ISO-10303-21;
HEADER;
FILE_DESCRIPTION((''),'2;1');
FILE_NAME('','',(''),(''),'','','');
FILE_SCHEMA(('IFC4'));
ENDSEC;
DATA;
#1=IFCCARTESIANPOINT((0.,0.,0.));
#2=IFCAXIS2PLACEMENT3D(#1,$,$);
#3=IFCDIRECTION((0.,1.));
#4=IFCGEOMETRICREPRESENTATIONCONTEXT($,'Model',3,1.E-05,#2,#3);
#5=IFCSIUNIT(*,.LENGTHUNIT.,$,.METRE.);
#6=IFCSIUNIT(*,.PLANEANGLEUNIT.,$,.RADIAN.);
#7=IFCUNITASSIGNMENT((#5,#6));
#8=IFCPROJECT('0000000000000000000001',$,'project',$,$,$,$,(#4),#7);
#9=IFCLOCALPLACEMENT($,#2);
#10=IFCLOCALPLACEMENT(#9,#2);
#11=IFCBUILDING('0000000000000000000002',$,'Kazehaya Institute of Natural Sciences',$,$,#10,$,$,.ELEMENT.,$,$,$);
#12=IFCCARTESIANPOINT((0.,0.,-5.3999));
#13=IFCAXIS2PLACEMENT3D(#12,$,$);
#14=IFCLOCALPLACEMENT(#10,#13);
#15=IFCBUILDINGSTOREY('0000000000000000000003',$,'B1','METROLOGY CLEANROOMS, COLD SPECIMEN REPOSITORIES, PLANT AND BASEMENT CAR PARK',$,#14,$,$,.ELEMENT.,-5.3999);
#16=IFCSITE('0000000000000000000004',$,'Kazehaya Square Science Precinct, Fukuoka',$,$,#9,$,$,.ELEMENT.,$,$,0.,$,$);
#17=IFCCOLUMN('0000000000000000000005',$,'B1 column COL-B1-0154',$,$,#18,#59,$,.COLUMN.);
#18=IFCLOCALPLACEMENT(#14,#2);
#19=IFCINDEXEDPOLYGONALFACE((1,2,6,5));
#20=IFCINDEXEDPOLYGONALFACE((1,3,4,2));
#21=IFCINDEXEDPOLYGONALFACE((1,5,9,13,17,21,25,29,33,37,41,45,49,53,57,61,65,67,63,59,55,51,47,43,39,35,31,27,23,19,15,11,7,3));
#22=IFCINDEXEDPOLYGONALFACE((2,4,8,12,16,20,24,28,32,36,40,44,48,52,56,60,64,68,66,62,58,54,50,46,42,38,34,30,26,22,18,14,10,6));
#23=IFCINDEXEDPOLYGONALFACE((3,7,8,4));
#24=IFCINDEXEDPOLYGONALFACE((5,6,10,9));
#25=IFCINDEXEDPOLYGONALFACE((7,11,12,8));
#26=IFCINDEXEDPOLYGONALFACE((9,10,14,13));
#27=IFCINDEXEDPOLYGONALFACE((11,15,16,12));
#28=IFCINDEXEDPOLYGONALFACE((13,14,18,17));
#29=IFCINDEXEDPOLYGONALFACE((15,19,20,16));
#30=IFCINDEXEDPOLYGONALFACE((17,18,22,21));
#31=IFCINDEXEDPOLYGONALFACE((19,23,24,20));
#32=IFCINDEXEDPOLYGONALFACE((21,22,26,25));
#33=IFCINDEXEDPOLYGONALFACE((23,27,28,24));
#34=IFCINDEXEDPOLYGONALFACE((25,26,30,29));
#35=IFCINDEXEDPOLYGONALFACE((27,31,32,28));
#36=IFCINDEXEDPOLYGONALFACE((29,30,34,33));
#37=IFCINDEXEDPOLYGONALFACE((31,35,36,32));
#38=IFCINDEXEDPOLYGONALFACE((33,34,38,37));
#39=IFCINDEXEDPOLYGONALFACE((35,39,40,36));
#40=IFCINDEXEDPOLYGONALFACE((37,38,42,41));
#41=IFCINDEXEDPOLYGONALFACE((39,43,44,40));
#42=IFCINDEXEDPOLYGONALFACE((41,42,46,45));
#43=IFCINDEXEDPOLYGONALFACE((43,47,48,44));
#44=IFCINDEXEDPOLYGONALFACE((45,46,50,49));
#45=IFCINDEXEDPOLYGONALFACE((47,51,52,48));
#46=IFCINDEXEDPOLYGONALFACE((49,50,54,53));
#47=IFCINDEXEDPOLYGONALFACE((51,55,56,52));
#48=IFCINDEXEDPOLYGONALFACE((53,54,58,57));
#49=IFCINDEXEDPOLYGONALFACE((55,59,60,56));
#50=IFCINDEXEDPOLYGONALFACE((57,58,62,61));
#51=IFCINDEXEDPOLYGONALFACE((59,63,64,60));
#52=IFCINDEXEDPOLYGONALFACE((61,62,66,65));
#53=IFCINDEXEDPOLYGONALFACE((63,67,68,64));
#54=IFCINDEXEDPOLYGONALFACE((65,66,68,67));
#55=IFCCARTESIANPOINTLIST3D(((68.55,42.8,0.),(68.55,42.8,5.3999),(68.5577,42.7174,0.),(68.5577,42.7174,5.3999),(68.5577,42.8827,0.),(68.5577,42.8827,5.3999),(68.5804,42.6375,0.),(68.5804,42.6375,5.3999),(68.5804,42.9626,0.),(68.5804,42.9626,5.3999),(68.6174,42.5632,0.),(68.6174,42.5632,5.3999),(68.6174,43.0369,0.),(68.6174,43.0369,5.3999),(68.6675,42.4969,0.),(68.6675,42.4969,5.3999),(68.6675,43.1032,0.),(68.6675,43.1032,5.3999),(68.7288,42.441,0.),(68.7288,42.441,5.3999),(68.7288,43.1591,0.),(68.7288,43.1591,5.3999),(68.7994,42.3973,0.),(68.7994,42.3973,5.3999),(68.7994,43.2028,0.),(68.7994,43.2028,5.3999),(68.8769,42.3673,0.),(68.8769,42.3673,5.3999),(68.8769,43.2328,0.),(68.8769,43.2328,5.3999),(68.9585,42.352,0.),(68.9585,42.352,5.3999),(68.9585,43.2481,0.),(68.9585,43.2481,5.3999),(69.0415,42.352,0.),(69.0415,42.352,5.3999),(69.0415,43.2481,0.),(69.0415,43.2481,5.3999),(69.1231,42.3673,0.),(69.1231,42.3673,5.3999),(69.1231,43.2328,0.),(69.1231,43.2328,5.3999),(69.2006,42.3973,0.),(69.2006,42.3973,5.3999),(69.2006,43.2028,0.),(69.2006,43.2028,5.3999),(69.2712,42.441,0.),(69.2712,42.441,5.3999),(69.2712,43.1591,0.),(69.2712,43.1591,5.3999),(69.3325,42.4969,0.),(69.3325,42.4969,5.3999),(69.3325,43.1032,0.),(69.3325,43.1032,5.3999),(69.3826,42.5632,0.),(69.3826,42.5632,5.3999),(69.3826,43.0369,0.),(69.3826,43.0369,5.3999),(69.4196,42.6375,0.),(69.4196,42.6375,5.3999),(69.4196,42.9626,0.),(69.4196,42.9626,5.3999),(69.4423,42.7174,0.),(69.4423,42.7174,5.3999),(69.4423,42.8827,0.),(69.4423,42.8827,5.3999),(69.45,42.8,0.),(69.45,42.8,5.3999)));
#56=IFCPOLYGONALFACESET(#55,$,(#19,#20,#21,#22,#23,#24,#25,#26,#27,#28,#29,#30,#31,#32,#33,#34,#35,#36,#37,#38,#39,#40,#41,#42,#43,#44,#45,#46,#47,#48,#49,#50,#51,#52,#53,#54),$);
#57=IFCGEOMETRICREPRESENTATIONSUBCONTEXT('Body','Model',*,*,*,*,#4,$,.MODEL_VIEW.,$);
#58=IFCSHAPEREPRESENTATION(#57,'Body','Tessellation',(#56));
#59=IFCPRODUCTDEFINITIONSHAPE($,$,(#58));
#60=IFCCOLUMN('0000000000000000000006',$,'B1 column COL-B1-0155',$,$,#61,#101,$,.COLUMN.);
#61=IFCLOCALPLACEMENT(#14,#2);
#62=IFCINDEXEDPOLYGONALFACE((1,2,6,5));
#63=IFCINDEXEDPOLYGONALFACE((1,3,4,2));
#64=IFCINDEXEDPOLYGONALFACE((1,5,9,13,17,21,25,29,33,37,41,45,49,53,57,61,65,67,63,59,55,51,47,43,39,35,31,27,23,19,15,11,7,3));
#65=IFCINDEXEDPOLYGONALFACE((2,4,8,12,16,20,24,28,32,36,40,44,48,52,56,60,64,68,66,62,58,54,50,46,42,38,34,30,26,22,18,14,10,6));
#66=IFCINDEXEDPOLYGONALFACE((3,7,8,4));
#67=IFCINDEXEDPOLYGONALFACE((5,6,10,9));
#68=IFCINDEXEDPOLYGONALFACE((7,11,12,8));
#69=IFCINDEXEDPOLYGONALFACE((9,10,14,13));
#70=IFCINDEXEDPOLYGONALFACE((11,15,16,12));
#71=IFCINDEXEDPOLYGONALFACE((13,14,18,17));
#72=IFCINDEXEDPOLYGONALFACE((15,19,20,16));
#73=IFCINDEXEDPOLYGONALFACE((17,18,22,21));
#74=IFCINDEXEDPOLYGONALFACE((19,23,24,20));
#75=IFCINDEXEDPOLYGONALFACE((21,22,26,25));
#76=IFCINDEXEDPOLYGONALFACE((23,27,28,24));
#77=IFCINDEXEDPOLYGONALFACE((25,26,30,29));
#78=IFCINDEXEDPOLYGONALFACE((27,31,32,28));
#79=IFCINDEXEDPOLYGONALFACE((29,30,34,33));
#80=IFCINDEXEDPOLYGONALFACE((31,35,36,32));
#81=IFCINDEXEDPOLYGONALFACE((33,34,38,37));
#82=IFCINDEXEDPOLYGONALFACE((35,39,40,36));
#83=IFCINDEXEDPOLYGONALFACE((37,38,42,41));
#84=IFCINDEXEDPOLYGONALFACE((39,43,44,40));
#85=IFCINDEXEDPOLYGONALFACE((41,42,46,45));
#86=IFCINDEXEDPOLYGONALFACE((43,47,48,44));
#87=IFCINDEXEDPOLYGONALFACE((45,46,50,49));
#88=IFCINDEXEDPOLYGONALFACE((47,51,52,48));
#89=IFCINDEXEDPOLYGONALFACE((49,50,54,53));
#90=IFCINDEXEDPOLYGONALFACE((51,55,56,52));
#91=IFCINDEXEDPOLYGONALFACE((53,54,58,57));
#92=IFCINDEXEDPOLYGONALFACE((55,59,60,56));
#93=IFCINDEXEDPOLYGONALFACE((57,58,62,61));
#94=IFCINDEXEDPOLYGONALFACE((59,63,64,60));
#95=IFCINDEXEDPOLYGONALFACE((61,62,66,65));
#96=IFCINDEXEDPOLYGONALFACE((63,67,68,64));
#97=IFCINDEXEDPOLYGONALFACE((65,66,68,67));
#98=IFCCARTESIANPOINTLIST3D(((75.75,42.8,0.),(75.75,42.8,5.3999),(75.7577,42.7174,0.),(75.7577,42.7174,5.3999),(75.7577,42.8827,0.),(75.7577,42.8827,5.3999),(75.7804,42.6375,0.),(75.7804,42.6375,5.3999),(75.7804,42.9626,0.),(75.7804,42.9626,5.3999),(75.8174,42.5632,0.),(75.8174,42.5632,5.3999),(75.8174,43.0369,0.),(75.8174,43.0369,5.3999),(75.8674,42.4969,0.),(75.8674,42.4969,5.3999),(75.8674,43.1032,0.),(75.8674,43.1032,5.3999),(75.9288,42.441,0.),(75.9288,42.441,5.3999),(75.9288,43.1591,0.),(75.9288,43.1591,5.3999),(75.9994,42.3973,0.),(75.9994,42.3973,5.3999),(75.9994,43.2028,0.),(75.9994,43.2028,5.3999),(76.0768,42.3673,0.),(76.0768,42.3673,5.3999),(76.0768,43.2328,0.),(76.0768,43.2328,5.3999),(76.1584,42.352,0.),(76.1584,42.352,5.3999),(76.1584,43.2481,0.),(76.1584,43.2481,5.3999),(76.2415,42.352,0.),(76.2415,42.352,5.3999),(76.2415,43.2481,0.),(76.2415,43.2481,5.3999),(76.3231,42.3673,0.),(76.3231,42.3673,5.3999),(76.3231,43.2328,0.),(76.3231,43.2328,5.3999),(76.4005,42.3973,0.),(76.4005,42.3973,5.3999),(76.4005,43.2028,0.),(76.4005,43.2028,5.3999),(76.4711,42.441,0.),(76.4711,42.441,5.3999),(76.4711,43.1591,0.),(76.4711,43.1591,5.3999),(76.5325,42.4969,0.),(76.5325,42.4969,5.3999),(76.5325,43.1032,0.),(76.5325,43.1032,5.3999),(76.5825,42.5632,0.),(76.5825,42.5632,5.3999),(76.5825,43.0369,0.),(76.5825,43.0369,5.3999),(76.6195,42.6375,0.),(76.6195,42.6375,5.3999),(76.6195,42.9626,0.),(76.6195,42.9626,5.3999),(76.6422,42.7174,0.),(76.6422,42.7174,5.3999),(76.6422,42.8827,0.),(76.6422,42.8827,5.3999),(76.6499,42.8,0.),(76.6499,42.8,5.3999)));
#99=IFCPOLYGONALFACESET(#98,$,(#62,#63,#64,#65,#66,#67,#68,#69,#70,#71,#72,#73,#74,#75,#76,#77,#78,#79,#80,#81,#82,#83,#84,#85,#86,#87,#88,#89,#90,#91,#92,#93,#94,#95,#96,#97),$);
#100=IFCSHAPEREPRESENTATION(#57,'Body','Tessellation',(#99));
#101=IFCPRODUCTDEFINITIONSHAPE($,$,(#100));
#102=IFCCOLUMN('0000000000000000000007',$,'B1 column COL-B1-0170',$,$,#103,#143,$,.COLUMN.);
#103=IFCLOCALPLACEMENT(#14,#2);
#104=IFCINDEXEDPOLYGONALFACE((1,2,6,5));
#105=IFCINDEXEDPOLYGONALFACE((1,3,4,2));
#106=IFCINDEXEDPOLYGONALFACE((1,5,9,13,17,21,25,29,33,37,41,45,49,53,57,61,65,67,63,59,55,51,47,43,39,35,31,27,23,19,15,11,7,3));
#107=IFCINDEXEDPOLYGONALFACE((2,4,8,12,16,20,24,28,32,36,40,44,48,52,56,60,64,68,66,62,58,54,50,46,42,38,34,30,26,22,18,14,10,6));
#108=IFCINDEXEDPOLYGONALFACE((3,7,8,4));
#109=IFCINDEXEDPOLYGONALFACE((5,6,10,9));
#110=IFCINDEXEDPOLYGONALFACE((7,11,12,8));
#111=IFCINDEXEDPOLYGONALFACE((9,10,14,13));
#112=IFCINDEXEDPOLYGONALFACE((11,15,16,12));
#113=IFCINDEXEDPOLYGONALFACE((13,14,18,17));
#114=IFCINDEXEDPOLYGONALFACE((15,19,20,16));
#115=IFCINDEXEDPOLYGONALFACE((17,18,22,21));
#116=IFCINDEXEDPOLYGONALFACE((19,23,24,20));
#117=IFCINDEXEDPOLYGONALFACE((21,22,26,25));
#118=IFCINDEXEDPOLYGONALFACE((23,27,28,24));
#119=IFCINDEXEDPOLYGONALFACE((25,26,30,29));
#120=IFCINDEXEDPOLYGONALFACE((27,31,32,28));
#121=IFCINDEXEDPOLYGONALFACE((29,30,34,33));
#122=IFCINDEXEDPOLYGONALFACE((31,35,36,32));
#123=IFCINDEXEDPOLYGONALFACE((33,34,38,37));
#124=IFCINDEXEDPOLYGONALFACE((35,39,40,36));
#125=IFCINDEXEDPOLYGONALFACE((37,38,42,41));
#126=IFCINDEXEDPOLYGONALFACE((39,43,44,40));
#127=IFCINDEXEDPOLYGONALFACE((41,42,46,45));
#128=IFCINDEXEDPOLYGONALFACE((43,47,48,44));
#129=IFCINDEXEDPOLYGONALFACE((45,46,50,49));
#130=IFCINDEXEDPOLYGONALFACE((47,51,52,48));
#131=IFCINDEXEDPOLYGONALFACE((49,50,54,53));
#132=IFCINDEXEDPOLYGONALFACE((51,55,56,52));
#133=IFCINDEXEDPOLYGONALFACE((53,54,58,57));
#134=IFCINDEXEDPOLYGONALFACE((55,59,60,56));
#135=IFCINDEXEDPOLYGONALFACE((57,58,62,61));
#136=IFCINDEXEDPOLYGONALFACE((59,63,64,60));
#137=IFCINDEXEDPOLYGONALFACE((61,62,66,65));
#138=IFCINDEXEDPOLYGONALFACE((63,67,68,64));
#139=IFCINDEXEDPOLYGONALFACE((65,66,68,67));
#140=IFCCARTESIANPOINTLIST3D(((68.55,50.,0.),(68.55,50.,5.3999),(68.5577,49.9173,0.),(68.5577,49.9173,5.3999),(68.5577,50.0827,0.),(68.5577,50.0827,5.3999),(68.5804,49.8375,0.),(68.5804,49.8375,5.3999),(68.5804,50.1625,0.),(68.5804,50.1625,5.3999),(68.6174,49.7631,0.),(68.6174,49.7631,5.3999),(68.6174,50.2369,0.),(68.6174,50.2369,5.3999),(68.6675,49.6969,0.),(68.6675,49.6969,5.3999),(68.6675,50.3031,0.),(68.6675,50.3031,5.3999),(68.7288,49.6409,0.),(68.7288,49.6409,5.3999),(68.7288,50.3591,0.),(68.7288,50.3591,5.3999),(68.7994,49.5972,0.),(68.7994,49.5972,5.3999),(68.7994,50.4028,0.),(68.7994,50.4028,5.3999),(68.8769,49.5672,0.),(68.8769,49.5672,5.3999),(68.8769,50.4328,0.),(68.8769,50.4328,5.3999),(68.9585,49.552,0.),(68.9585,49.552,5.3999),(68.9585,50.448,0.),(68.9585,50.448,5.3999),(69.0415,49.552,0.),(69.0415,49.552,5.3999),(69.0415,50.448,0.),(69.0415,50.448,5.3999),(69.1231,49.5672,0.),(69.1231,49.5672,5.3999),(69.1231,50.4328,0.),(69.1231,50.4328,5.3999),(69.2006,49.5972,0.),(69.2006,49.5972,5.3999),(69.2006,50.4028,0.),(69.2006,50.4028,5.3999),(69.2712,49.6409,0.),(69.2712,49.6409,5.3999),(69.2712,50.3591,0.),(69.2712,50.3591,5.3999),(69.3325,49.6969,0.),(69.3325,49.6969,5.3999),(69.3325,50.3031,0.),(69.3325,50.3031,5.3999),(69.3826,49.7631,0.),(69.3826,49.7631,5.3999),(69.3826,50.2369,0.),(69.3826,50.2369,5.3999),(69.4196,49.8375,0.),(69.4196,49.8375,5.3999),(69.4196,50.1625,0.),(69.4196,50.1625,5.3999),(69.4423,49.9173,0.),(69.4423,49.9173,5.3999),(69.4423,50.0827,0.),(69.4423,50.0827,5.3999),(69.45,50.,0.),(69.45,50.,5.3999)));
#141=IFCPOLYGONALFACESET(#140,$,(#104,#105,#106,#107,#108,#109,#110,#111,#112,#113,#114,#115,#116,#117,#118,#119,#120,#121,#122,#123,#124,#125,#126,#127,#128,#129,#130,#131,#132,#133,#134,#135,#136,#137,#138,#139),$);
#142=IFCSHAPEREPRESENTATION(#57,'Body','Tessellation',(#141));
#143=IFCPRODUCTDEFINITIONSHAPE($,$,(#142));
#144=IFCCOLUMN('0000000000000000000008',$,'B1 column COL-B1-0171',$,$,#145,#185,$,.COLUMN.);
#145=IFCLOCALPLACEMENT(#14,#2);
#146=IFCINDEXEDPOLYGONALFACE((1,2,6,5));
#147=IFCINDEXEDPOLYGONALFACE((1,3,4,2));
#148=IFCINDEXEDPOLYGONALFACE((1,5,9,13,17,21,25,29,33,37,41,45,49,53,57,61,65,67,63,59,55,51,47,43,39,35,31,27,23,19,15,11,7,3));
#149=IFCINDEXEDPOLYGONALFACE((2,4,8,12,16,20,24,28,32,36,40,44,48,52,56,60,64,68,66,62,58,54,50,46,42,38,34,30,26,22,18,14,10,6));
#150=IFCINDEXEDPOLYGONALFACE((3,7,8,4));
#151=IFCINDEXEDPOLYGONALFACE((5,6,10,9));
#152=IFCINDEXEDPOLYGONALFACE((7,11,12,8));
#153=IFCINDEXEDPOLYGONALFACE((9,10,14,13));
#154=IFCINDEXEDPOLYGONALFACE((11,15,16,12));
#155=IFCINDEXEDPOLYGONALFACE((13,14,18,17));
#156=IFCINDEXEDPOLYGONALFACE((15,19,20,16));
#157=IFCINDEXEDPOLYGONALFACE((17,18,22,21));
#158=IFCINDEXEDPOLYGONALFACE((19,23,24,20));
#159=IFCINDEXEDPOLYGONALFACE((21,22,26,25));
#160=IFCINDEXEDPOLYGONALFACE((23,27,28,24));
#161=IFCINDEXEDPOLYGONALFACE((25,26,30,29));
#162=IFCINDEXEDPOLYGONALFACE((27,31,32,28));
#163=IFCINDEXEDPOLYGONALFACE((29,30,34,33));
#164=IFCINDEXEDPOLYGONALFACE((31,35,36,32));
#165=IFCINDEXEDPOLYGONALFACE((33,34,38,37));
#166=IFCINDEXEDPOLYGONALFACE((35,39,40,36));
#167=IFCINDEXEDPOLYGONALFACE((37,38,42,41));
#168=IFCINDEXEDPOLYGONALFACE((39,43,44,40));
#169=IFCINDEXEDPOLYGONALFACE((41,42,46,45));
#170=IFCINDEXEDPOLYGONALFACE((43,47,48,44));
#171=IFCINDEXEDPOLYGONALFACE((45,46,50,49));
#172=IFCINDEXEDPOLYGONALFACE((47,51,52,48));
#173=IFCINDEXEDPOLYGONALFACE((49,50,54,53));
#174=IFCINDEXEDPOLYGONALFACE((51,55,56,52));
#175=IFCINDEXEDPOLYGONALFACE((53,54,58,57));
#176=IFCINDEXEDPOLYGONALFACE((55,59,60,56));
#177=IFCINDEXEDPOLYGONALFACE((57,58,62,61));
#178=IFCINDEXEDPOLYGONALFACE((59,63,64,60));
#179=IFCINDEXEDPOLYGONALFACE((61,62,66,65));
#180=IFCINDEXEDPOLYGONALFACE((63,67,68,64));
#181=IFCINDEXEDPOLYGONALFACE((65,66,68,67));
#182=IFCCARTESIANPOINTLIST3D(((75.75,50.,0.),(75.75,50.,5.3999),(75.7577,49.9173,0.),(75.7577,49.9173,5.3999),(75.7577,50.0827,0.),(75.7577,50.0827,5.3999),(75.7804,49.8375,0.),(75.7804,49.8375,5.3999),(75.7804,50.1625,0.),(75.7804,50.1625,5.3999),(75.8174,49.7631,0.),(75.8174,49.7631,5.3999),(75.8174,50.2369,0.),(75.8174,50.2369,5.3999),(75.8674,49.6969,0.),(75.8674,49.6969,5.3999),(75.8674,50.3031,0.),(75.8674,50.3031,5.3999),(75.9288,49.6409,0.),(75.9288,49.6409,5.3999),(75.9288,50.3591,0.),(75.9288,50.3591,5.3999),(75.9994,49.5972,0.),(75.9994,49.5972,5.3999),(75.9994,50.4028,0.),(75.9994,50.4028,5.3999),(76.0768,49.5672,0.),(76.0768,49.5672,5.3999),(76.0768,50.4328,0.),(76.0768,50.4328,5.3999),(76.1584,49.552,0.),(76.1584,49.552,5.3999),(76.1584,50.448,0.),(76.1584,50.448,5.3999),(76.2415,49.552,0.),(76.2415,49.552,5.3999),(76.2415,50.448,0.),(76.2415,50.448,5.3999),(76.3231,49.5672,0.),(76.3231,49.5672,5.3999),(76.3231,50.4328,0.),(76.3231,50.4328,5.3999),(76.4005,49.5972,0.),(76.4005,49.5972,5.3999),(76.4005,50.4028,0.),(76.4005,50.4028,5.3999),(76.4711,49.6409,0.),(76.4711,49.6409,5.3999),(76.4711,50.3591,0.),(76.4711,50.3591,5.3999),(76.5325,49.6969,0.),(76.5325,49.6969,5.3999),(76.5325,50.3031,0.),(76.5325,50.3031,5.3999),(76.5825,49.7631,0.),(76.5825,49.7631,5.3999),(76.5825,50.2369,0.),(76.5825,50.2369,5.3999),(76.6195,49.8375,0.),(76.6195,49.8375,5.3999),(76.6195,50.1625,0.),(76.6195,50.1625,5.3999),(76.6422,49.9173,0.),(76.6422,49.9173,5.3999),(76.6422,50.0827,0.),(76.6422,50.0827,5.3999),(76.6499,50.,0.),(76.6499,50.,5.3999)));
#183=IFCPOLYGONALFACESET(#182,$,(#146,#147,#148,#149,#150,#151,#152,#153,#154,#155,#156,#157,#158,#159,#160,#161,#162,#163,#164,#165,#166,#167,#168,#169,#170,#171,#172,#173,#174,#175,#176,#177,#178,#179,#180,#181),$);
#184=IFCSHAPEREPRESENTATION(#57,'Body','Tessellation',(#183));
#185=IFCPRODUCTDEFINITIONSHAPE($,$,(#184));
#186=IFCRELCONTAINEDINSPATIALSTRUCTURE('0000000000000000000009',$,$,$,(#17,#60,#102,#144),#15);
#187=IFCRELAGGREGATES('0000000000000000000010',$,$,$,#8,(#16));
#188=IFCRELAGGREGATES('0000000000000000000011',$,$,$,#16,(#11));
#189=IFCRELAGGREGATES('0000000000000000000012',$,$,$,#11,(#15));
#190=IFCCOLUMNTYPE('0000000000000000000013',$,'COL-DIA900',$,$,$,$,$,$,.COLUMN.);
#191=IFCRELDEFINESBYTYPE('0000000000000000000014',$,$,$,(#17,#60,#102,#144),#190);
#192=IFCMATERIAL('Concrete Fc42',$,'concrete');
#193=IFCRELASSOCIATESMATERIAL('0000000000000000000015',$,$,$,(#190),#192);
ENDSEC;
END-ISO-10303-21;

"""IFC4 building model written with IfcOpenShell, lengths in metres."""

from ifc_helpers import new_model, si_unit, direction, frame, origin, origin_2d, place, context, subcontext, project, spatial, circle, extrude, material, material_profile, profile_set, type_object, element, save


model = new_model("IFC4")

# Units and contexts
model_context = context("Model", 3, precision=1e-05, world=origin(), true_north=direction((0.0, 1.0)))
body_context = subcontext(model_context, "Body", "Model", "MODEL_VIEW")
ifc_project = project(units=[si_unit("LENGTHUNIT", "METRE"), si_unit("PLANEANGLEUNIT", "RADIAN")], contexts=[model_context])

# Site, building, storey
site_placement = place(None, origin())
site = spatial("IfcSite", under=ifc_project, at=site_placement, Name="Kazehaya Square Science Precinct, Fukuoka", CompositionType="ELEMENT", RefElevation=0.0)
building_placement = place(site_placement, origin())
building = spatial("IfcBuilding", under=site, at=building_placement, Name="Kazehaya Institute of Natural Sciences", CompositionType="ELEMENT")
storey_placement = place(building_placement, frame((0.0, 0.0, -5.3999)))
storey = spatial("IfcBuildingStorey", under=building, at=storey_placement, Name="B1", Description="METROLOGY CLEANROOMS, COLD SPECIMEN REPOSITORIES, PLANT AND BASEMENT CAR PARK", CompositionType="ELEMENT", Elevation=-5.3999)

# Columns
ifc_material_1 = material(Name="Concrete Fc42", Category="concrete")
ifc_material_profile_1 = material_profile(ifc_material_1, circle(Radius=0.45, at=origin_2d()), Name="RC-DIA900")
ifc_profile_set_1 = profile_set([ifc_material_profile_1], Name="Concrete Fc42")
column_type = type_object("IfcColumnType", Name="COL-DIA900", PredefinedType="COLUMN", material=ifc_profile_set_1)
for number, where, z_axis, x_axis, name in (
    (1, (69.0, 42.8, 0.0), (0.0, 0.0, 1.0), (1.0, 0.0, 0.0), "B1 column COL-B1-0154"),
    (2, (76.2, 42.8, 0.0), (0.0, 0.0, 1.0), (1.0, 0.0, 0.0), "B1 column COL-B1-0155"),
    (3, (69.0, 50.0, 0.0), (0.0, 0.0, 1.0), (1.0, 0.0, 0.0), "B1 column COL-B1-0170"),
    (4, (76.2, 50.0, 0.0), (0.0, 0.0, 1.0), (1.0, 0.0, 0.0), "B1 column COL-B1-0171"),
):
    element("IfcColumn", number, at=place(storey_placement, frame(where, z_axis=z_axis, x_axis=x_axis)), inside=storey, type_object=column_type, Name=name, PredefinedType="COLUMN", context=body_context, shape_type="SweptSolid", body=[
        extrude(circle(Radius=0.45, at=origin_2d()), origin(), (0.0, 0.0, 1.0), 5.3999),
    ])

save(model, "model.ifc")
